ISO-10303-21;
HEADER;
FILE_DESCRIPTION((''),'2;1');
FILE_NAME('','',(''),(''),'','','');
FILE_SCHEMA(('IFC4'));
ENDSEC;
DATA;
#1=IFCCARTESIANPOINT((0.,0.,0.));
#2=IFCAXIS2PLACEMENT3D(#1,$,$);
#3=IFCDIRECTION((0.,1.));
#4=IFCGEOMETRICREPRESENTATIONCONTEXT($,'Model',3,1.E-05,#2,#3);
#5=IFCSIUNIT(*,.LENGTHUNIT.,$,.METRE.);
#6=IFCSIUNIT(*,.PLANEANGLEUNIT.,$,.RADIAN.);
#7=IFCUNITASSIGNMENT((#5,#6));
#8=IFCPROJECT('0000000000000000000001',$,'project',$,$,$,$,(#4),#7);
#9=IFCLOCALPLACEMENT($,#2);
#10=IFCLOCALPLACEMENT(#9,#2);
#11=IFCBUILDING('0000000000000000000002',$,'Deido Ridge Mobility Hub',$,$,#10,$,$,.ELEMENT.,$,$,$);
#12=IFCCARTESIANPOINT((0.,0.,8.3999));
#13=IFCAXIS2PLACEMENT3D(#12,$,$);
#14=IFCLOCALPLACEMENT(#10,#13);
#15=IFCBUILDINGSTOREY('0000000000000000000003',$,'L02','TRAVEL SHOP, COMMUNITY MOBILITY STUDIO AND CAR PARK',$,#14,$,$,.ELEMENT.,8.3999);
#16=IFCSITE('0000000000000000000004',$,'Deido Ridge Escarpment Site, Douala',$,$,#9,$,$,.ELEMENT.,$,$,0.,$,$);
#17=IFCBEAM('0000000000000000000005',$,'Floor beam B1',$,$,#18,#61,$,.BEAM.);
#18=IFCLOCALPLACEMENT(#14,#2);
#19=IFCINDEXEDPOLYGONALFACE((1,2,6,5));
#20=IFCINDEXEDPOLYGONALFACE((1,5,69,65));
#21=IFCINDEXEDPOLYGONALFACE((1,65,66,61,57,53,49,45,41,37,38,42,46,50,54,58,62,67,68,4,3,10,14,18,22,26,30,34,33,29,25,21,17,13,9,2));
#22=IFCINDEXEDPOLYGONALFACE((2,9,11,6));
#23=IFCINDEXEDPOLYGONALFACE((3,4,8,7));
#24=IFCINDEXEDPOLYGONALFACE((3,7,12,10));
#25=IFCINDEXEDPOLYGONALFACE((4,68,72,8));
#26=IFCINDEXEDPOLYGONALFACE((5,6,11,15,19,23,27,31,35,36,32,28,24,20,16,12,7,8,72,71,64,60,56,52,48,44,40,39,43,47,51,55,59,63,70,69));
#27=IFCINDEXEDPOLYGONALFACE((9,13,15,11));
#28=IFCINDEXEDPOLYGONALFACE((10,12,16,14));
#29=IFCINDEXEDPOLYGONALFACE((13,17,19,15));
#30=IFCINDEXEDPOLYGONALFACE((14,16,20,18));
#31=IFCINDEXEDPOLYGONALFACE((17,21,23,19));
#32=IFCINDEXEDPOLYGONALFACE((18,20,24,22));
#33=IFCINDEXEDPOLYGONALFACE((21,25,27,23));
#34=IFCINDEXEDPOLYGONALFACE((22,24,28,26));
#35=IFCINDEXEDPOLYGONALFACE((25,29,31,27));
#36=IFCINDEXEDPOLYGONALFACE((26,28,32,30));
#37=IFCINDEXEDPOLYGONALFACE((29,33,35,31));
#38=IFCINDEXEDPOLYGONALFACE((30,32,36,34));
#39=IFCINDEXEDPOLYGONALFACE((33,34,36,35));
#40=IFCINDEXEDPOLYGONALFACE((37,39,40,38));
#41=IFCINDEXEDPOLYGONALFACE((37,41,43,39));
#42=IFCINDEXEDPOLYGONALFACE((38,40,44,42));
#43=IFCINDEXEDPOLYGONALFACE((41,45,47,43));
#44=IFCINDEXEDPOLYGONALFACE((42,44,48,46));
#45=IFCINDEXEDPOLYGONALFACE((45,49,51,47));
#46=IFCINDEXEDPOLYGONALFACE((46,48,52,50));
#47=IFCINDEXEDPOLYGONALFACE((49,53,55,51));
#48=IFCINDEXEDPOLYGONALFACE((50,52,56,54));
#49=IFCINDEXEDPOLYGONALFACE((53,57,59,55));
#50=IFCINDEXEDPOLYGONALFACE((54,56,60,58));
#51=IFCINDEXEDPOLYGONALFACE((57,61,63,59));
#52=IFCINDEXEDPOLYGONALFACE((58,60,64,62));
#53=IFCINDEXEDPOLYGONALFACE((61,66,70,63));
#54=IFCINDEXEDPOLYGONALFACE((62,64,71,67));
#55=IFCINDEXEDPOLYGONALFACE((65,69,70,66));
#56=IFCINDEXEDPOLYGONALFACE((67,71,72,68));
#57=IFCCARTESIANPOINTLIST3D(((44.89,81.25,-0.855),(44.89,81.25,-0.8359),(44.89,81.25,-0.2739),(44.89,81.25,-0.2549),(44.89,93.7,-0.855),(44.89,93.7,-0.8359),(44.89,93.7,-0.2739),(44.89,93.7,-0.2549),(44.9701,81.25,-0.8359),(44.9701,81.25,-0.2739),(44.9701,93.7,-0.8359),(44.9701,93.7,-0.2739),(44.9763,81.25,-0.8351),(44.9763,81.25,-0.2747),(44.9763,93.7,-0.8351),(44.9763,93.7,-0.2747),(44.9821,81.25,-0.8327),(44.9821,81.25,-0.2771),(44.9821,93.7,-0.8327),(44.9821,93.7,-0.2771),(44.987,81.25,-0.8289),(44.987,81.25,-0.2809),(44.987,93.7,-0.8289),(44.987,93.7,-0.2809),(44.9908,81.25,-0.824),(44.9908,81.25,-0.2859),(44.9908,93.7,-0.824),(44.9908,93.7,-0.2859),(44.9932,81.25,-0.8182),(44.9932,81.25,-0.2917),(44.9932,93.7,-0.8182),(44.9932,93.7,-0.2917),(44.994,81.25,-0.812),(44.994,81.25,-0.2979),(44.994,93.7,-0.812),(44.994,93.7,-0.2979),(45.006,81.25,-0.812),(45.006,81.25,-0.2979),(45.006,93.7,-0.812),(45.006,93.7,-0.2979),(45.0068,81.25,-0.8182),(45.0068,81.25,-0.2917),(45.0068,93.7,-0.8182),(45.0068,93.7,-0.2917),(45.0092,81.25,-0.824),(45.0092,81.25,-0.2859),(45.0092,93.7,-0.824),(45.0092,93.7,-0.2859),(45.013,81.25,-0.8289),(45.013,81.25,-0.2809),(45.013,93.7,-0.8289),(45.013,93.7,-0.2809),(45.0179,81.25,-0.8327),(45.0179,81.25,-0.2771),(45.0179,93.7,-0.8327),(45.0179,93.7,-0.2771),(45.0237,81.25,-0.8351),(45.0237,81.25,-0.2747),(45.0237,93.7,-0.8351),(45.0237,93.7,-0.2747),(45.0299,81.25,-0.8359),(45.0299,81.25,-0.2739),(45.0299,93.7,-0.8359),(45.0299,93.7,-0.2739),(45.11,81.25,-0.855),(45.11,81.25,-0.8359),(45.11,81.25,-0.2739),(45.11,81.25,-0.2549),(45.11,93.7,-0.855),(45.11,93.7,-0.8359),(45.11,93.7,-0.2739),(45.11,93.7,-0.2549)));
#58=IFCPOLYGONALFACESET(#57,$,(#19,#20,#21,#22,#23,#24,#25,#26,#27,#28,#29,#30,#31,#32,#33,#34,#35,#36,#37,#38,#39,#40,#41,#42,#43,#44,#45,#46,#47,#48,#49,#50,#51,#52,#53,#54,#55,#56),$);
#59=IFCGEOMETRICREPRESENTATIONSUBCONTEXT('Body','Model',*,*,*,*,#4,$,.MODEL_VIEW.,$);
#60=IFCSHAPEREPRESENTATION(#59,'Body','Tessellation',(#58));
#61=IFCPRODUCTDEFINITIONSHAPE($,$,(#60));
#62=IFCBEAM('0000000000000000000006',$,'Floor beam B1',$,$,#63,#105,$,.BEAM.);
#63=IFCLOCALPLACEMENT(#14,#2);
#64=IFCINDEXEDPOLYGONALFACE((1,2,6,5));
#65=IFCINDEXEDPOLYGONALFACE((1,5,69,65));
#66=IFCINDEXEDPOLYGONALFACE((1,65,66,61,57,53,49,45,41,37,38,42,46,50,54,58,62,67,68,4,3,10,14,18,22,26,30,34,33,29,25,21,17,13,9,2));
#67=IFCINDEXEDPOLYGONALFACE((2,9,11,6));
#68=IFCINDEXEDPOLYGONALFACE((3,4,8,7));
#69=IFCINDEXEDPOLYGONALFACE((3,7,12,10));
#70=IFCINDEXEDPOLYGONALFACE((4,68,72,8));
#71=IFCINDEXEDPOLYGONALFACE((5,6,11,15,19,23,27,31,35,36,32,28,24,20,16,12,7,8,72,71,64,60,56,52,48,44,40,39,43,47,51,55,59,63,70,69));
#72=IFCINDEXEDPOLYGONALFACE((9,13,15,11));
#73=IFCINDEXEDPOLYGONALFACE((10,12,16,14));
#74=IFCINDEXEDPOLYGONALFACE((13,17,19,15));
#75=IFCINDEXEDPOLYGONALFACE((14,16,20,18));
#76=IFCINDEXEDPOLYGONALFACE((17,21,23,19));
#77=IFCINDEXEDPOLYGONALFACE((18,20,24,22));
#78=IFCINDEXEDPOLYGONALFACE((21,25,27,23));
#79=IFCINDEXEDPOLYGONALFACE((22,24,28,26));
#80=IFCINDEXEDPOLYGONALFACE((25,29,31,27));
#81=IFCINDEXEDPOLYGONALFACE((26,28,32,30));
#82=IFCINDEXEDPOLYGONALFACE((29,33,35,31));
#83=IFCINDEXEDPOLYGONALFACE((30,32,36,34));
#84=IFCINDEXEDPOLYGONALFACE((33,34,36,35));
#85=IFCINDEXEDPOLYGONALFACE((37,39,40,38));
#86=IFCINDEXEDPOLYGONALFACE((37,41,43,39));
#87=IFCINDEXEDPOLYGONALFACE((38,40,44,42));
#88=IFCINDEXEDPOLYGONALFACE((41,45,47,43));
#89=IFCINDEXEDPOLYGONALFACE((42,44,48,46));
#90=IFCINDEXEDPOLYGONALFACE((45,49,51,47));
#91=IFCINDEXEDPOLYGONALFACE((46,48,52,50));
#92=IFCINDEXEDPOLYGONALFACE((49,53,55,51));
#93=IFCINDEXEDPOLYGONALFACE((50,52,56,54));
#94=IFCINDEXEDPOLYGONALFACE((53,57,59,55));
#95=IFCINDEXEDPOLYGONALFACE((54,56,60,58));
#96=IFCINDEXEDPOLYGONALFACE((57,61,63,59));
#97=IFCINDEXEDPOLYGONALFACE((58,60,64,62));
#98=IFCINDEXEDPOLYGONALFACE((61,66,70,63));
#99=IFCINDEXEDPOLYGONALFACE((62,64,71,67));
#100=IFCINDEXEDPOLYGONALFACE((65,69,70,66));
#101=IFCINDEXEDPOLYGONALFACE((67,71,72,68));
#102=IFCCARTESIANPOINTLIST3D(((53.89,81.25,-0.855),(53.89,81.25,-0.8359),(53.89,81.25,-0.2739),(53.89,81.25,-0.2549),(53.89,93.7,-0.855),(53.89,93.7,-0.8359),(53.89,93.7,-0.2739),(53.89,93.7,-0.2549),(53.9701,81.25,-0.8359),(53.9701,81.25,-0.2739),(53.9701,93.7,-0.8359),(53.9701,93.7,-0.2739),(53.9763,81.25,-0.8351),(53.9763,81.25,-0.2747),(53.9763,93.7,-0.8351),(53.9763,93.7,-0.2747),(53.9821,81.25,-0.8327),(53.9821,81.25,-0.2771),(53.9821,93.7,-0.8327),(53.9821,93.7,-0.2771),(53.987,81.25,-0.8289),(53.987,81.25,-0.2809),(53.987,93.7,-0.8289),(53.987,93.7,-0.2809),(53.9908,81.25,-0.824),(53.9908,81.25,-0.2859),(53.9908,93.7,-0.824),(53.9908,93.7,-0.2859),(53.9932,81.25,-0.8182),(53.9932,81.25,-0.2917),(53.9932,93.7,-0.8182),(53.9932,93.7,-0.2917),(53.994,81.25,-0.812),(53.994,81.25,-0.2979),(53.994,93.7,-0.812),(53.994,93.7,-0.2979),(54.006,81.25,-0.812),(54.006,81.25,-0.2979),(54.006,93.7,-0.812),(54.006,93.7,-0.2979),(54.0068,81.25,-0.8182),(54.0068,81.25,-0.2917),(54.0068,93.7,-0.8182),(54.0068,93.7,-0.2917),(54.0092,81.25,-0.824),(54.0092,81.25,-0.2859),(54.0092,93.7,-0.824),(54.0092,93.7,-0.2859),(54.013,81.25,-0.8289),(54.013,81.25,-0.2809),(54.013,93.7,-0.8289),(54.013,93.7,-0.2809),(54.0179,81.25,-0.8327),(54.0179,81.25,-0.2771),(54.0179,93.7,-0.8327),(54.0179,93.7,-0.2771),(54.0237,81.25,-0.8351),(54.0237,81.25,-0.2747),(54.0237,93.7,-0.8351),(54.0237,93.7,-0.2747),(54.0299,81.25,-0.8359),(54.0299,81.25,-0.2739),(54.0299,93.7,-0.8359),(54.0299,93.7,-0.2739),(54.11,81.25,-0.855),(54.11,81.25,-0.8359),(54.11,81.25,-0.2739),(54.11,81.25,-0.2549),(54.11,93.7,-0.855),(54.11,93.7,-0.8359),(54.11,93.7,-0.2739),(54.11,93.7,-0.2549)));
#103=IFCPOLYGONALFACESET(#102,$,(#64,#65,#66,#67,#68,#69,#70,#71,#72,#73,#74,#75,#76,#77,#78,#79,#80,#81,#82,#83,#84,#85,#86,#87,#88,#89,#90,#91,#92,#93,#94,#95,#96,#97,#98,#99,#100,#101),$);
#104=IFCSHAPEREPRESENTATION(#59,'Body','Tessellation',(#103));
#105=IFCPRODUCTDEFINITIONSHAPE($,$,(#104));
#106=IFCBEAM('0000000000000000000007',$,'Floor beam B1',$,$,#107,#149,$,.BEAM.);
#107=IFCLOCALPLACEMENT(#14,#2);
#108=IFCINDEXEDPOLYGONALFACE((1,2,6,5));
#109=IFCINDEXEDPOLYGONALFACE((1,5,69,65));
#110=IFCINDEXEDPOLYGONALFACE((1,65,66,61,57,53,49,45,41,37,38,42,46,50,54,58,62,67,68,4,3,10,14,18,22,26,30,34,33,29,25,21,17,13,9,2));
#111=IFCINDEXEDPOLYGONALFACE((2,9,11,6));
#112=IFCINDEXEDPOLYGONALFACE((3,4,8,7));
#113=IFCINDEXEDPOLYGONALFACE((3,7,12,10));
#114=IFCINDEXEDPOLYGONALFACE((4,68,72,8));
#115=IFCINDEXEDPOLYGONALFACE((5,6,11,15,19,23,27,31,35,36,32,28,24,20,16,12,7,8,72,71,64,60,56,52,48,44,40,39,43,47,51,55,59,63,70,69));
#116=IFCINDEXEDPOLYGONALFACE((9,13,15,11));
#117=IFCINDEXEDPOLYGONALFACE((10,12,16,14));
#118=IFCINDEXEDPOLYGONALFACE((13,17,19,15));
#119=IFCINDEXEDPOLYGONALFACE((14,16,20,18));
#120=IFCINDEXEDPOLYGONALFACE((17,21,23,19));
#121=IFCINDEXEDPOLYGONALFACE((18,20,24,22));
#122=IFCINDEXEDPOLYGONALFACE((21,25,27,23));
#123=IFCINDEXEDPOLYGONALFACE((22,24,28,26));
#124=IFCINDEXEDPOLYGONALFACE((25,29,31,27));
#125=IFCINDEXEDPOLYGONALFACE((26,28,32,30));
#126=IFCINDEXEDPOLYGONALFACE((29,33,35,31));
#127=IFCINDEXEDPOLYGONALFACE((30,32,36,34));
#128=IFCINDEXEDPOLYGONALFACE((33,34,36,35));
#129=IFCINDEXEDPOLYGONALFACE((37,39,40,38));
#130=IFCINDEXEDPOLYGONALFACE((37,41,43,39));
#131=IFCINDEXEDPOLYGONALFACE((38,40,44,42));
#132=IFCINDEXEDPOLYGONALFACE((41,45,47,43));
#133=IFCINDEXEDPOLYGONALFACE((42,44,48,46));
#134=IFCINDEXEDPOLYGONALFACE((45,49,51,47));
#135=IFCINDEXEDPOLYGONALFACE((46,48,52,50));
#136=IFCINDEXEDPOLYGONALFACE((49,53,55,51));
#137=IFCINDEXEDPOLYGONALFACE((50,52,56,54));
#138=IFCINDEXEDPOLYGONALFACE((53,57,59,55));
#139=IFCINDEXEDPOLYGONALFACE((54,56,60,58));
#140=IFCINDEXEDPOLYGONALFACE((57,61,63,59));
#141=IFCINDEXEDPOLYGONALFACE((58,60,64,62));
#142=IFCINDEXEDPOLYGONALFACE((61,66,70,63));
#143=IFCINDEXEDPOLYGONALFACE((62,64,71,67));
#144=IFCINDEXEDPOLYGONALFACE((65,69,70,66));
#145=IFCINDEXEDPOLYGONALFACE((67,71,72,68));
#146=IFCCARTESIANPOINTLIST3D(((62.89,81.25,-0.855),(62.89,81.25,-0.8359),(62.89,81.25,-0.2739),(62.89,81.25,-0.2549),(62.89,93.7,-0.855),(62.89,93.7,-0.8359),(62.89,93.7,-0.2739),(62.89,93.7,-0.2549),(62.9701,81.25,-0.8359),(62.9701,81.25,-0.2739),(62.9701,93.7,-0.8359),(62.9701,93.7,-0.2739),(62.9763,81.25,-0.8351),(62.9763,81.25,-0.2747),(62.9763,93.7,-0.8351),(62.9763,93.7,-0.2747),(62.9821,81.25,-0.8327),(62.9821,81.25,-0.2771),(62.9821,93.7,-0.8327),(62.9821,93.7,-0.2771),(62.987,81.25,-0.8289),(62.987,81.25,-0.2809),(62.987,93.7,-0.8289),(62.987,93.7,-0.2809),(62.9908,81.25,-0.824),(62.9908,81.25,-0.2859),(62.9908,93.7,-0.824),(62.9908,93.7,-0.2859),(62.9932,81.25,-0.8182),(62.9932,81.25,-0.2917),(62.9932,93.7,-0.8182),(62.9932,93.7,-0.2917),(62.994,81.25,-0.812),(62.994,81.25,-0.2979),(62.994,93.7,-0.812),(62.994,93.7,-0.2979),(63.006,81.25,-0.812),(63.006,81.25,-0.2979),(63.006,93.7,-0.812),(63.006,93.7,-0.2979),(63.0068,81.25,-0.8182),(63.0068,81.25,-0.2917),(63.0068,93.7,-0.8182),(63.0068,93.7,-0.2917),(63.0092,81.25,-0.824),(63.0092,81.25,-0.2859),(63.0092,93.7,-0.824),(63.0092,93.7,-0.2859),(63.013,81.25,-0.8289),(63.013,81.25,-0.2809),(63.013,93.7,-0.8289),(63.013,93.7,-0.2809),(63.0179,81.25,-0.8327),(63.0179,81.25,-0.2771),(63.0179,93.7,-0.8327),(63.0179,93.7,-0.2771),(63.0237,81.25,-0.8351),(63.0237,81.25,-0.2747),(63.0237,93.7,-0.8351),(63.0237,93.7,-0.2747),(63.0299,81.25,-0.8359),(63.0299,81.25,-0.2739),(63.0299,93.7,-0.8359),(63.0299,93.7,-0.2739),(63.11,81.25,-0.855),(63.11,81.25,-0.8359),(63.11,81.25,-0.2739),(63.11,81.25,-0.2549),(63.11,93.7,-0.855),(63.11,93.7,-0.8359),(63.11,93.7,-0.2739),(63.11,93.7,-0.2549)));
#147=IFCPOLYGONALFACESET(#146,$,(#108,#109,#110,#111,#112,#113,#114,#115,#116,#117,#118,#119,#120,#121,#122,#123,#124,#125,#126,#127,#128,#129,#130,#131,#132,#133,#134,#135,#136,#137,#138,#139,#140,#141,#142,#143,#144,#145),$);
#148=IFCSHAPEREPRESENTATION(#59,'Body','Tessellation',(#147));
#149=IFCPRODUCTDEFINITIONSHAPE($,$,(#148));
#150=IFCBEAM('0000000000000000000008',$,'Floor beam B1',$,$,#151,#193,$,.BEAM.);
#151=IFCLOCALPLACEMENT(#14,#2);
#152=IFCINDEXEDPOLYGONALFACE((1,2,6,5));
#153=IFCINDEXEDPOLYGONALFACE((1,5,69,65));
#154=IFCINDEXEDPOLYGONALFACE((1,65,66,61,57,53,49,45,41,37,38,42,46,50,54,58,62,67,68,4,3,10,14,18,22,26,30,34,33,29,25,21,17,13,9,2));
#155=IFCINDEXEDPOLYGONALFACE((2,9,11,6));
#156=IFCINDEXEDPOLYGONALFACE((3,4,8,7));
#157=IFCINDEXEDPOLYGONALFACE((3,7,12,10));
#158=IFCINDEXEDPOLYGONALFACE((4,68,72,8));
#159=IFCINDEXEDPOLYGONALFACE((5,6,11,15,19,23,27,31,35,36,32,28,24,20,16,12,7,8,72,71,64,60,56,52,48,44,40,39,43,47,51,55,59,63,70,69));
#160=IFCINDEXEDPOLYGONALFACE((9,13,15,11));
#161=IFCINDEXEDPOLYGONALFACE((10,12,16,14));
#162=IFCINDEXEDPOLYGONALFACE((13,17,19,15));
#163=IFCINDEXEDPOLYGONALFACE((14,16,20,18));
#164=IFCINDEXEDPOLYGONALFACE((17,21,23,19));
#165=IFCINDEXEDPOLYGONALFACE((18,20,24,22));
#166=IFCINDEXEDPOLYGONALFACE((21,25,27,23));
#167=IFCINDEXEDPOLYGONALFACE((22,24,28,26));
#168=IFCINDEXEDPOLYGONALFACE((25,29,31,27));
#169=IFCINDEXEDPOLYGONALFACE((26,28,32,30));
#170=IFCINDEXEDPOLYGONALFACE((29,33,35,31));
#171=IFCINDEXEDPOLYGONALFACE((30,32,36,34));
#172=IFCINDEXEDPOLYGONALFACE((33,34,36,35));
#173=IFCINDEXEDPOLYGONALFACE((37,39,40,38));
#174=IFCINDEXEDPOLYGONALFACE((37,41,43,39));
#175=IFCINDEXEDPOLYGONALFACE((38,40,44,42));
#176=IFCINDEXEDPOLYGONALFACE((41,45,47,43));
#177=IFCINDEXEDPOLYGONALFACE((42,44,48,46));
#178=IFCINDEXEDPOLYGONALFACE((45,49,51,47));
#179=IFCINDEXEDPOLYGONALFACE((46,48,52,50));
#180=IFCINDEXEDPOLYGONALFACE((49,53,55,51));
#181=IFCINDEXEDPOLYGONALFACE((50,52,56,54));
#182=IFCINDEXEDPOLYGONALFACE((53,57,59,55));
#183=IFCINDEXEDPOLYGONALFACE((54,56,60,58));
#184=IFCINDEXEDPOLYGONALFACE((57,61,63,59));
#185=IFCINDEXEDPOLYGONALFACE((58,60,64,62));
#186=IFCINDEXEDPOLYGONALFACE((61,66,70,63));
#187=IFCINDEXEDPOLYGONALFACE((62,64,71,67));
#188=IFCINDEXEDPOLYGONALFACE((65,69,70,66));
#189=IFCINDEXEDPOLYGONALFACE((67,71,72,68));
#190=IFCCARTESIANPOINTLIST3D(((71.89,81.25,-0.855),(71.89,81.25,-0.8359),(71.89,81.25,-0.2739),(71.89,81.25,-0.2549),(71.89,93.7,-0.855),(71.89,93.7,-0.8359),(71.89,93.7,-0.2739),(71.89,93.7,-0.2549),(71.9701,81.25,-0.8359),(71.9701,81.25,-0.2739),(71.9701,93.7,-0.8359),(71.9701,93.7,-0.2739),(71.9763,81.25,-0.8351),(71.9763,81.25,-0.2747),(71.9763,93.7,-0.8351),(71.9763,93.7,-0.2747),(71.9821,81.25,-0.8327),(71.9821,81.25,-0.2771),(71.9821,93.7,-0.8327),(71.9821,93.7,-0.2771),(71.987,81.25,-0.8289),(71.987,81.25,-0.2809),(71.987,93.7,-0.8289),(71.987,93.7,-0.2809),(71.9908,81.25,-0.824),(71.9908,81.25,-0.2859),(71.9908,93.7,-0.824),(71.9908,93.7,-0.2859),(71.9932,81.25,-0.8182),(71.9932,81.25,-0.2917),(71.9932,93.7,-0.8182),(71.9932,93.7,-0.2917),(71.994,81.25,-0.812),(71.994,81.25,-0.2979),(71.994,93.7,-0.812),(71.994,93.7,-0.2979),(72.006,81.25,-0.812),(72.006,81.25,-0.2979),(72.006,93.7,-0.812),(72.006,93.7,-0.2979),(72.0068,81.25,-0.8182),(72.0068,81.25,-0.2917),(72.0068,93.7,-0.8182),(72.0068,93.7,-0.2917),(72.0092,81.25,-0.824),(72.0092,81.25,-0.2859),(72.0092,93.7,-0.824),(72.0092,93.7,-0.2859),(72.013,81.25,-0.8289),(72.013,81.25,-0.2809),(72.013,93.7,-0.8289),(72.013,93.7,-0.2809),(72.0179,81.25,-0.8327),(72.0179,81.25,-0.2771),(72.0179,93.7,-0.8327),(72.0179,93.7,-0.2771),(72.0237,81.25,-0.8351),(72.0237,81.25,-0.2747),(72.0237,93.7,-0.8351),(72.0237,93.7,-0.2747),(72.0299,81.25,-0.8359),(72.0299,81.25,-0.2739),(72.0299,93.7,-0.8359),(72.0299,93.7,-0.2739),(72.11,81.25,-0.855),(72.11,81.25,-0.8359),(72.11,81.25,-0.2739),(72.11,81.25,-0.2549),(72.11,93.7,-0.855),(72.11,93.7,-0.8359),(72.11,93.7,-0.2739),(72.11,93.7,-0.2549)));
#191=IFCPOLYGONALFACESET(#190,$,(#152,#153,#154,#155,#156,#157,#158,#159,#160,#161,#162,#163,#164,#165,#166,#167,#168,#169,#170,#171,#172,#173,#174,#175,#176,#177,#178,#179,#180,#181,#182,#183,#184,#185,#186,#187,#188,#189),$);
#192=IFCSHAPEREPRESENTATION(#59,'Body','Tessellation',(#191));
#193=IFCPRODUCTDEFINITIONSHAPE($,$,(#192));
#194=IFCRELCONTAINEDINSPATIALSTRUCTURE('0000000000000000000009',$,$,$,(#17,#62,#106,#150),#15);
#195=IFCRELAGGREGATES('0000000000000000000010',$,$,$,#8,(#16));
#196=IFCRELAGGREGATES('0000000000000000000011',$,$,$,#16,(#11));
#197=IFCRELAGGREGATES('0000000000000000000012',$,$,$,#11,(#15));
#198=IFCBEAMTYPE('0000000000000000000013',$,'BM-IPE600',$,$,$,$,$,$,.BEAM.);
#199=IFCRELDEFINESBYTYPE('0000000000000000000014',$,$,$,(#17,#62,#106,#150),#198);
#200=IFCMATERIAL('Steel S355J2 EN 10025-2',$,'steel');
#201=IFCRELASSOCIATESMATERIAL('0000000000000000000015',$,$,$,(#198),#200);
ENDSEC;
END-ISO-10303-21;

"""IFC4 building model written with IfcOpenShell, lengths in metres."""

from ifc_helpers import new_model, si_unit, direction, frame, origin, origin_2d, place, context, subcontext, project, spatial, i_section, extrude, material, material_profile, profile_set, type_object, element, save


model = new_model("IFC4")

# Units and contexts
model_context = context("Model", 3, precision=1e-05, world=origin(), true_north=direction((0.0, 1.0)))
body_context = subcontext(model_context, "Body", "Model", "MODEL_VIEW")
ifc_project = project(units=[si_unit("LENGTHUNIT", "METRE"), si_unit("PLANEANGLEUNIT", "RADIAN")], contexts=[model_context])

# Site, building, storey
site_placement = place(None, origin())
site = spatial("IfcSite", under=ifc_project, at=site_placement, Name="Deido Ridge Escarpment Site, Douala", CompositionType="ELEMENT", RefElevation=0.0)
building_placement = place(site_placement, origin())
building = spatial("IfcBuilding", under=site, at=building_placement, Name="Deido Ridge Mobility Hub", CompositionType="ELEMENT")
storey_placement = place(building_placement, frame((0.0, 0.0, 8.3999)))
storey = spatial("IfcBuildingStorey", under=building, at=storey_placement, Name="L02", Description="TRAVEL SHOP, COMMUNITY MOBILITY STUDIO AND CAR PARK", CompositionType="ELEMENT", Elevation=8.3999)

# Beams
ifc_material_1 = material(Name="Steel S355J2 EN 10025-2", Category="steel")
ifc_material_profile_1 = material_profile(ifc_material_1, i_section(OverallWidth=0.22, OverallDepth=0.6001, WebThickness=0.012, FlangeThickness=0.019, FilletRadius=0.0239, at=origin_2d()), Name="IPE 600")
ifc_profile_set_1 = profile_set([ifc_material_profile_1], Name="Steel S355J2 EN 10025-2")
beam_type_1 = type_object("IfcBeamType", Name="BM-IPE600", PredefinedType="BEAM", material=ifc_profile_set_1)
for number, where, z_axis, x_axis, name in (
    (1, (45.0, 81.25, -0.5549), (0.0, 1.0, 0.0), (-1.0, 0.0, 0.0), "Floor beam B1"),
    (2, (54.0, 81.25, -0.5549), (0.0, 1.0, 0.0), (-1.0, 0.0, 0.0), "Floor beam B1"),
    (3, (63.0, 81.25, -0.5549), (0.0, 1.0, 0.0), (-1.0, 0.0, 0.0), "Floor beam B1"),
    (4, (72.0, 81.25, -0.5549), (0.0, 1.0, 0.0), (-1.0, 0.0, 0.0), "Floor beam B1"),
):
    element("IfcBeam", number, at=place(storey_placement, frame(where, z_axis=z_axis, x_axis=x_axis)), inside=storey, type_object=beam_type_1, Name=name, PredefinedType="BEAM", context=body_context, shape_type="SweptSolid", body=[
        extrude(i_section(OverallWidth=0.22, OverallDepth=0.6001, WebThickness=0.012, FlangeThickness=0.019, FilletRadius=0.0239, at=origin_2d()), origin(), (0.0, 0.0, 1.0), 12.45),
    ])

save(model, "model.ifc")
